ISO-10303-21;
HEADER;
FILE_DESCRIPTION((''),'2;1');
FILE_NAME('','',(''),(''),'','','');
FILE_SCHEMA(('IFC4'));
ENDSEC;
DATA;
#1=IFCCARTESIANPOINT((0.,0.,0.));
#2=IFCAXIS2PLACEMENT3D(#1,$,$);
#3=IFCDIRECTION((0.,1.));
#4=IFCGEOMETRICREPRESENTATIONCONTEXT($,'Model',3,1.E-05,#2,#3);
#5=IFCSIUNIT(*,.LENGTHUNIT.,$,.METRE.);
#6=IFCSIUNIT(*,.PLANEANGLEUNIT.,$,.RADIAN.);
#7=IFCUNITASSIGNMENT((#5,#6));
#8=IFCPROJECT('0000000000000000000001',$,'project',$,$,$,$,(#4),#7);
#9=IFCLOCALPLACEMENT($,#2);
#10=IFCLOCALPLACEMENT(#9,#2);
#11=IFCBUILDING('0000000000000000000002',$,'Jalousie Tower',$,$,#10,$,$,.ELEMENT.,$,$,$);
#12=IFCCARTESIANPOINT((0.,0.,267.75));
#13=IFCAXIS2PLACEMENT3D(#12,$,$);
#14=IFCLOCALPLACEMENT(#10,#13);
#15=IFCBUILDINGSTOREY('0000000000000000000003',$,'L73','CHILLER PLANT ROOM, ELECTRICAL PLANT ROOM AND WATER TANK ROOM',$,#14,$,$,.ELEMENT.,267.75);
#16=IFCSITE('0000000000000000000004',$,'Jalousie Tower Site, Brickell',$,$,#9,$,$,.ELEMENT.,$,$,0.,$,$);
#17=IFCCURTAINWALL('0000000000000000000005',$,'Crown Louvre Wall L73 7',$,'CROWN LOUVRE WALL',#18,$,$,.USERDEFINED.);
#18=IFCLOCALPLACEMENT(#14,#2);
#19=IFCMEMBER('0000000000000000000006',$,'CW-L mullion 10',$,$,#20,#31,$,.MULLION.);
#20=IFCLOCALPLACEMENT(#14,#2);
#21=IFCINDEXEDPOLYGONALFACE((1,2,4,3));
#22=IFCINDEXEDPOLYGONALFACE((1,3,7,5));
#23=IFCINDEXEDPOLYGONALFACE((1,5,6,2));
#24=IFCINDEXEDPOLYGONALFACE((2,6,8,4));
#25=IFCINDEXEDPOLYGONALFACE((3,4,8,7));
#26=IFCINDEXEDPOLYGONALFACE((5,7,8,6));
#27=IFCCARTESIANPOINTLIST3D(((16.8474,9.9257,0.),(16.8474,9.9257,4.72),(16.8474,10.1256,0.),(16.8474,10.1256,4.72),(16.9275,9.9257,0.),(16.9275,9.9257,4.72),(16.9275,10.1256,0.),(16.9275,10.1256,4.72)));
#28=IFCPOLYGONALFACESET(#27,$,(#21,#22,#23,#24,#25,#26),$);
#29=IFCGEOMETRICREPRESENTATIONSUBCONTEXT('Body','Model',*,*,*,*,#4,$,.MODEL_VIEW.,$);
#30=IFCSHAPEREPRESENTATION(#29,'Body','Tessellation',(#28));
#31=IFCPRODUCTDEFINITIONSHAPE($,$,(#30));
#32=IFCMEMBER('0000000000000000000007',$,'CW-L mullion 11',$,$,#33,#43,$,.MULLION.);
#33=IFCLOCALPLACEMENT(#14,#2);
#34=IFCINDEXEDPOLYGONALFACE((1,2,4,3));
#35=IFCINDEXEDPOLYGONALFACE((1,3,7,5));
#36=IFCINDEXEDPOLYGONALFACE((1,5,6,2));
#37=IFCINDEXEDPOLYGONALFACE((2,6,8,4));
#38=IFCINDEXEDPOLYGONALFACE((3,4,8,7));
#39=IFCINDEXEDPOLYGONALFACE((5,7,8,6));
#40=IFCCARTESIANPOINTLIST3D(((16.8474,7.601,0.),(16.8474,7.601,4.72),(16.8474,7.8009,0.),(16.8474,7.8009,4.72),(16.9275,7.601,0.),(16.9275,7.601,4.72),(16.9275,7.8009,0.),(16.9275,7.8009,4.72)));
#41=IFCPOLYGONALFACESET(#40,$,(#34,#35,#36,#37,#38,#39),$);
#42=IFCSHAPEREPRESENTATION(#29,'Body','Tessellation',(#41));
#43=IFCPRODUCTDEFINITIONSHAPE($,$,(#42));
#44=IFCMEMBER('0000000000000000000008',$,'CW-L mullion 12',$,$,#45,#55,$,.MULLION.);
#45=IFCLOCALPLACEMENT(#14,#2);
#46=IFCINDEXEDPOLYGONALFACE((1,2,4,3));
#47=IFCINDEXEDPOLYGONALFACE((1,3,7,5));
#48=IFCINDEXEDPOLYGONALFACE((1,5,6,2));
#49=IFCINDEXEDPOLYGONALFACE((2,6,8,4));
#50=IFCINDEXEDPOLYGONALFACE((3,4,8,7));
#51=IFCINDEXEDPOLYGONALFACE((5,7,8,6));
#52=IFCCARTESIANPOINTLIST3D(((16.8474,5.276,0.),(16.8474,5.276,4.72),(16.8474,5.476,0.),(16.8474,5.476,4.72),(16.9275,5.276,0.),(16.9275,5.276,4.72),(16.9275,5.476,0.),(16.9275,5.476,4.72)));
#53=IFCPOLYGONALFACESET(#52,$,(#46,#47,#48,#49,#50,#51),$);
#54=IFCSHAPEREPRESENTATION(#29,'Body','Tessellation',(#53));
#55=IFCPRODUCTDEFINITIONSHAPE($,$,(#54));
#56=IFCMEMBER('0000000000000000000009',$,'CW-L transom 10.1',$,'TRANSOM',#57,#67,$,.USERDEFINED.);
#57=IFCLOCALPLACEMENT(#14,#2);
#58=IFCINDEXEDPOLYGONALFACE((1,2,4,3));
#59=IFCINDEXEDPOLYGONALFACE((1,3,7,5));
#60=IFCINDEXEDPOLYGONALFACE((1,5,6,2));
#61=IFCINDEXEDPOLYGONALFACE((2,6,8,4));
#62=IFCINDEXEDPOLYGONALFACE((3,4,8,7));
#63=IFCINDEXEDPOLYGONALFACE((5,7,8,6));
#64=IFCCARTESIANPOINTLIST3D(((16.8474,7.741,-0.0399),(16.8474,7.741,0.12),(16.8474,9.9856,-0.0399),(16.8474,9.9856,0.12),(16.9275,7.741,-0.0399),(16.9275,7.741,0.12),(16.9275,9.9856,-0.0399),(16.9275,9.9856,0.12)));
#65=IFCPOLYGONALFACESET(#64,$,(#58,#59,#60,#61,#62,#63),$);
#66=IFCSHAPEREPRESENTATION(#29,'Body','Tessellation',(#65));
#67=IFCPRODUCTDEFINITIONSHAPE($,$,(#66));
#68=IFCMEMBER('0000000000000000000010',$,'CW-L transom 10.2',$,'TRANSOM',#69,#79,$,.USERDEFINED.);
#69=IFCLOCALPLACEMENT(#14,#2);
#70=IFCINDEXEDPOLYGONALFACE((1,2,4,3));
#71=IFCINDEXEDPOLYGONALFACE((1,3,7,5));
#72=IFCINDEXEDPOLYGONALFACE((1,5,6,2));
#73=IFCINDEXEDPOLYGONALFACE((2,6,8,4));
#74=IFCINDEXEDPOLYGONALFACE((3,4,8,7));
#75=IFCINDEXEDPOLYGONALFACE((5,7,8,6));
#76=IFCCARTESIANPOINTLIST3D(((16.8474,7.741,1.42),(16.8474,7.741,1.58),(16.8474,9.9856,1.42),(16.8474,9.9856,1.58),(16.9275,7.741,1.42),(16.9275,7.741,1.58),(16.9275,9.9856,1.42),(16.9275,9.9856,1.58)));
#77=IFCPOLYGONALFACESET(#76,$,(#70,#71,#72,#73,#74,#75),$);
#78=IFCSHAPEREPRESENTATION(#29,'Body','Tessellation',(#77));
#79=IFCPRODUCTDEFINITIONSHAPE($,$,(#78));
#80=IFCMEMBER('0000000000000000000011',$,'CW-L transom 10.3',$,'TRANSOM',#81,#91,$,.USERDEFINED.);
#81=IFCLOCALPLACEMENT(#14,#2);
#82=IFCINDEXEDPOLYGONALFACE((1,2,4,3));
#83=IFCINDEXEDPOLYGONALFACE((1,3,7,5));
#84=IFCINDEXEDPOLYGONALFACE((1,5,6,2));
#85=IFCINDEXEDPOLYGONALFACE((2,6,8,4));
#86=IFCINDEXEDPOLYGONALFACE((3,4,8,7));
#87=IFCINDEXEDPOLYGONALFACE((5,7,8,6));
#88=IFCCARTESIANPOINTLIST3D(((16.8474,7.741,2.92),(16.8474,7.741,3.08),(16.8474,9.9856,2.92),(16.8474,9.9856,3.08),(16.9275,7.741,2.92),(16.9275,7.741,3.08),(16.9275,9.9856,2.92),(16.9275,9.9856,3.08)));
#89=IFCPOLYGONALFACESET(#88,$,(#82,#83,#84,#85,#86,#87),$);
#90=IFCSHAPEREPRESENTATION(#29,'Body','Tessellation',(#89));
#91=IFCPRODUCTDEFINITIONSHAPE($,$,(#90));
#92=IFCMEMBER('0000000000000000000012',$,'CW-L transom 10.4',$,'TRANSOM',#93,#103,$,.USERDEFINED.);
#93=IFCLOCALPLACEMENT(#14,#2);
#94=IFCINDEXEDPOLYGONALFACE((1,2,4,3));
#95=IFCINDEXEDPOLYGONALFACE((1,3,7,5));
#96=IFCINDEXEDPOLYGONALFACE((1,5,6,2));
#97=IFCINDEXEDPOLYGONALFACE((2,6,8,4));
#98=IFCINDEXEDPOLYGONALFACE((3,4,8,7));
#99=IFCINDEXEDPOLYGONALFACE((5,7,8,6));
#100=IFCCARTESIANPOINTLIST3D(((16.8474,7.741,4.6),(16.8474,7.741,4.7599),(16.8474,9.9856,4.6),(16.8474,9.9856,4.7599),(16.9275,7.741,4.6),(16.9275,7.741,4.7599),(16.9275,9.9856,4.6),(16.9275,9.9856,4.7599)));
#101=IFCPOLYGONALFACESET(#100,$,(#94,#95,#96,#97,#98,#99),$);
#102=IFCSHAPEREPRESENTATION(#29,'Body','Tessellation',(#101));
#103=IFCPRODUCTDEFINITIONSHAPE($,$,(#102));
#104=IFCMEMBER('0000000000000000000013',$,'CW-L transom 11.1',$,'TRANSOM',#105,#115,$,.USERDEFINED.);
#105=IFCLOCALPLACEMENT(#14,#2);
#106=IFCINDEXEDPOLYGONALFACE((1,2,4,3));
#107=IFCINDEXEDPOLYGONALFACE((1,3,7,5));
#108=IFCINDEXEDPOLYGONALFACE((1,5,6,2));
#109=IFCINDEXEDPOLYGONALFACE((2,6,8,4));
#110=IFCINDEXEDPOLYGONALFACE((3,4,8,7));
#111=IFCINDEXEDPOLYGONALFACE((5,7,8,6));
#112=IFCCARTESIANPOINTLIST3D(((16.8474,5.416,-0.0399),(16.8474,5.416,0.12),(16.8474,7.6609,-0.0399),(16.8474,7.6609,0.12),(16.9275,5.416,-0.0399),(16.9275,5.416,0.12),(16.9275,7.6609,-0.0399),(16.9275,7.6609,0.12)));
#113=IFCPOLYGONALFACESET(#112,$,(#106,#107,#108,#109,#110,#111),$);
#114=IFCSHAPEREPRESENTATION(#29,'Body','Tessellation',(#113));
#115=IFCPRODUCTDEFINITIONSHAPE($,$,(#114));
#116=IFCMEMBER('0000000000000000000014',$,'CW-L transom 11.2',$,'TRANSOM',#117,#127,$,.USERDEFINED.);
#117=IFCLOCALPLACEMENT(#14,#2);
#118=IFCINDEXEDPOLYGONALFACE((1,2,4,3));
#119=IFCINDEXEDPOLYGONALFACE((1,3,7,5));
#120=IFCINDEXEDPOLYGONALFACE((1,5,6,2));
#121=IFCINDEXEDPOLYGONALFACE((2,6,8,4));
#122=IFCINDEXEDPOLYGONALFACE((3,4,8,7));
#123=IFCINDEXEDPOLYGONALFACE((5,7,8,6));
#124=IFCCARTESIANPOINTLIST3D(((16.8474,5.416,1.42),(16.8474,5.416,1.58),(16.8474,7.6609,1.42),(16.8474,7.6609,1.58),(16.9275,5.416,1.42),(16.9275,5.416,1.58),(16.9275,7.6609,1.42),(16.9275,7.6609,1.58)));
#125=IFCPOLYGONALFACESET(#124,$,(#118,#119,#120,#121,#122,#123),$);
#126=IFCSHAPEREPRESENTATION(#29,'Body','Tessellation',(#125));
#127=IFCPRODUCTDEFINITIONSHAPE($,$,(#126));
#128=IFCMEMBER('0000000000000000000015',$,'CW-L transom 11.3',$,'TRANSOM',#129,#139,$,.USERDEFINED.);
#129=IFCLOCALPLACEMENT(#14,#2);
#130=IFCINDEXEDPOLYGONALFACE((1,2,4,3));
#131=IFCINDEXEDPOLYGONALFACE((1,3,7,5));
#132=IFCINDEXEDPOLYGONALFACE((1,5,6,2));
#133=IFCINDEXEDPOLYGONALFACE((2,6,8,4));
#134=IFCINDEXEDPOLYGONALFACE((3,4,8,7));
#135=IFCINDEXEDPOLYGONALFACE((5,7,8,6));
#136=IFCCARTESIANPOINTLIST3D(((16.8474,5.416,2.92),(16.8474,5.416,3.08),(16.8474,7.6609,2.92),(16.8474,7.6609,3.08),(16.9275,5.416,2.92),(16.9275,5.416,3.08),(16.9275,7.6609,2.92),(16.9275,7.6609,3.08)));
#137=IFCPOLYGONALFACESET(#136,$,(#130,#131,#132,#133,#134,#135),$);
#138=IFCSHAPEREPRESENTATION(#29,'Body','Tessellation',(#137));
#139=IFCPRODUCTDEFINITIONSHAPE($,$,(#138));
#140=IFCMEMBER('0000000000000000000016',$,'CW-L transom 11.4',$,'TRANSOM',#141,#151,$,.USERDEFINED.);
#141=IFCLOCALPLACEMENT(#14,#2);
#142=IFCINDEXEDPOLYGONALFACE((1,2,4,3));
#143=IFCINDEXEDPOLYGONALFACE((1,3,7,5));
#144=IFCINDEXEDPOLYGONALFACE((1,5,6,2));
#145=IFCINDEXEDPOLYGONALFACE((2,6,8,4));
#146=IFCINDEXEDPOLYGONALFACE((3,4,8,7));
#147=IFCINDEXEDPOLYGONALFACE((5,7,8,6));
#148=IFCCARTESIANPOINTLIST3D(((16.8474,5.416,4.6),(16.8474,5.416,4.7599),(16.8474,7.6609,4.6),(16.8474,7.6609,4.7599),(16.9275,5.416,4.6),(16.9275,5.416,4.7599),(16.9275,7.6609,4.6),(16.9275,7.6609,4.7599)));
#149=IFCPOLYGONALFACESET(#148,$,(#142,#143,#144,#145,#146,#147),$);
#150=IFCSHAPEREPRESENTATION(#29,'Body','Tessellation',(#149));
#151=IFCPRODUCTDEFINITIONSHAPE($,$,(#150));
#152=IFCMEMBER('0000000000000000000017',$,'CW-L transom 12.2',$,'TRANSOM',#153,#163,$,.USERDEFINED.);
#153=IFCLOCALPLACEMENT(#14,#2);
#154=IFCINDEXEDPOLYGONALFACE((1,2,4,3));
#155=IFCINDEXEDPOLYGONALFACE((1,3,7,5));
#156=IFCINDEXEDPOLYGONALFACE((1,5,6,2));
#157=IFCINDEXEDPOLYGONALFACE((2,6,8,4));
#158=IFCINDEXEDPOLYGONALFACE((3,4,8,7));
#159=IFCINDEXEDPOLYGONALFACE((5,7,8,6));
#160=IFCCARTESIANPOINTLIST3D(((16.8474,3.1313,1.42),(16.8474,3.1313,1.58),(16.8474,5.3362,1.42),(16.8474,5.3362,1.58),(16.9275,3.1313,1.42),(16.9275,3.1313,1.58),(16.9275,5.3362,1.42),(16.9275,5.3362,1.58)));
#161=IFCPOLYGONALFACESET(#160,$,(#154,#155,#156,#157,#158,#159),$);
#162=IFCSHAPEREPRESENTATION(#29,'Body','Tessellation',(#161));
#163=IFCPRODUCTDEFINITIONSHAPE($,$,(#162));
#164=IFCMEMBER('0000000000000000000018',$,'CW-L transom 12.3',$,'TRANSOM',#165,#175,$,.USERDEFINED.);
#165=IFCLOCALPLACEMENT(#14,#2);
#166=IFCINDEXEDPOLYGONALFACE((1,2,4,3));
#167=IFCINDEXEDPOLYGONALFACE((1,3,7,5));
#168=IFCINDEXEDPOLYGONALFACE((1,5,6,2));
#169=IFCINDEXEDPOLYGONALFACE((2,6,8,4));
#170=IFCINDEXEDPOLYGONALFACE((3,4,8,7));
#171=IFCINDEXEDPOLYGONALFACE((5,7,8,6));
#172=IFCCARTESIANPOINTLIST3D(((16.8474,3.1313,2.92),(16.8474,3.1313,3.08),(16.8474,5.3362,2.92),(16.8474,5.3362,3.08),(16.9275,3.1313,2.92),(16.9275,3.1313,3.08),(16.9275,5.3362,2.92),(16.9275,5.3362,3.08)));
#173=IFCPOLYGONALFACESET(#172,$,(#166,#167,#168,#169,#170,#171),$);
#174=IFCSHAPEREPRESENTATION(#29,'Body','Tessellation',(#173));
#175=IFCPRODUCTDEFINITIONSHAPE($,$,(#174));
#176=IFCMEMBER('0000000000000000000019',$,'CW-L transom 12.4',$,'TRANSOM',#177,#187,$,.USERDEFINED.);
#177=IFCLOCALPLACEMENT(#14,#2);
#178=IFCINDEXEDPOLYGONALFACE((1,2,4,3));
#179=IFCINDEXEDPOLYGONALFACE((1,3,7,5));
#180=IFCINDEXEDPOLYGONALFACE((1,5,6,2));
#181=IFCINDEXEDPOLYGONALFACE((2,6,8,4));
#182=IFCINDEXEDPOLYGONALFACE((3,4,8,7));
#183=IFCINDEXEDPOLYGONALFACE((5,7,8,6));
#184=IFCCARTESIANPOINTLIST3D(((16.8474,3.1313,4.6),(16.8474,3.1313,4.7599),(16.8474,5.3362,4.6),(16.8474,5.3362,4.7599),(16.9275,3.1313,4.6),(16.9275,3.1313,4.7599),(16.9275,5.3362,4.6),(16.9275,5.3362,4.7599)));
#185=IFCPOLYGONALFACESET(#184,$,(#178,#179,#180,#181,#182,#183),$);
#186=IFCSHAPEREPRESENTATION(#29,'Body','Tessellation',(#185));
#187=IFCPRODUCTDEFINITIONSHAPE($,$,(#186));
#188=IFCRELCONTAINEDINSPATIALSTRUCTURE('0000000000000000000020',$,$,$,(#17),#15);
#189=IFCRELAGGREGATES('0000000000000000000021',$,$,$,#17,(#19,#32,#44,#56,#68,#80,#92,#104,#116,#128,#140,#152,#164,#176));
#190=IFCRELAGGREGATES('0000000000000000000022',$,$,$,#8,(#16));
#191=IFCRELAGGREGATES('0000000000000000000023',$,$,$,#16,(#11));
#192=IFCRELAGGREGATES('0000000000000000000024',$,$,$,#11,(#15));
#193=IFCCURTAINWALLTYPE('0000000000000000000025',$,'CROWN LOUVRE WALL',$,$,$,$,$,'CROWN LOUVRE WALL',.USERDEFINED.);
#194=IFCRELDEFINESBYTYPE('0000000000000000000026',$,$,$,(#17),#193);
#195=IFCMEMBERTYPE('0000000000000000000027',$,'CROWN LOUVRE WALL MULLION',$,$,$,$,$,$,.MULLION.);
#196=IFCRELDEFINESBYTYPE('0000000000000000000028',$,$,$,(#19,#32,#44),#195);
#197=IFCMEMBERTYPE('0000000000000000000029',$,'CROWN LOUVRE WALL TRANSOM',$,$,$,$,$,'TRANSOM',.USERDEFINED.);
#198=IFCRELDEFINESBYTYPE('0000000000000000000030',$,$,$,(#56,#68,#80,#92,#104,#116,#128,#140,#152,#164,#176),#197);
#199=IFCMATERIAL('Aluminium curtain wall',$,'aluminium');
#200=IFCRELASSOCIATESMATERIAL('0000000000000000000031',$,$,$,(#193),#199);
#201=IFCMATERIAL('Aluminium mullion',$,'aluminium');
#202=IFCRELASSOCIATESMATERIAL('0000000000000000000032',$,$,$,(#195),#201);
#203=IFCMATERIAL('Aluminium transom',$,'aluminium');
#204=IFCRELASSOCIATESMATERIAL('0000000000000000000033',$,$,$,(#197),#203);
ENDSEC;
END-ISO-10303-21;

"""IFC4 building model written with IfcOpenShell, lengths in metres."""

from ifc_helpers import new_model, si_unit, direction, frame, origin, origin_2d, place, context, subcontext, project, spatial, rectangle, extrude, material, material_profile, profile_set, type_object, element, aggregate, save


model = new_model("IFC4")

# Units and contexts
model_context = context("Model", 3, precision=1e-05, world=origin(), true_north=direction((0.0, 1.0)))
body_context = subcontext(model_context, "Body", "Model", "MODEL_VIEW")
ifc_project = project(units=[si_unit("LENGTHUNIT", "METRE"), si_unit("PLANEANGLEUNIT", "RADIAN")], contexts=[model_context])

# Site, building, storey
site_placement = place(None, origin())
site = spatial("IfcSite", under=ifc_project, at=site_placement, Name="Jalousie Tower Site, Brickell", CompositionType="ELEMENT", RefElevation=0.0)
building_placement = place(site_placement, origin())
building = spatial("IfcBuilding", under=site, at=building_placement, Name="Jalousie Tower", CompositionType="ELEMENT")
storey_placement = place(building_placement, frame((0.0, 0.0, 267.75)))
storey = spatial("IfcBuildingStorey", under=building, at=storey_placement, Name="L73", Description="CHILLER PLANT ROOM, ELECTRICAL PLANT ROOM AND WATER TANK ROOM", CompositionType="ELEMENT", Elevation=267.75)

# Curtain wall, members
ifc_material_1 = material(Name="Aluminium curtain wall", Category="aluminium")
curtain_wall_type = type_object("IfcCurtainWallType", Name="CROWN LOUVRE WALL", ElementType="CROWN LOUVRE WALL", PredefinedType="USERDEFINED", material=ifc_material_1)
curtain_wall_placement = place(storey_placement, origin())
curtain_wall = element("IfcCurtainWall", 1, at=curtain_wall_placement, inside=storey, type_object=curtain_wall_type, Name="Crown Louvre Wall L73 7", ObjectType="CROWN LOUVRE WALL", PredefinedType="USERDEFINED")
ifc_material_2 = material(Name="Aluminium mullion", Category="aluminium")
ifc_material_profile_1 = material_profile(ifc_material_2, rectangle(XDim=0.0801, YDim=0.2, at=origin_2d()), Name="MULLION 80x200")
ifc_profile_set_1 = profile_set([ifc_material_profile_1], Name="Aluminium mullion")
member_type_1 = type_object("IfcMemberType", Name="CROWN LOUVRE WALL MULLION", PredefinedType="MULLION", material=ifc_profile_set_1)
member_1_placement = place(storey_placement, frame((16.8875, 10.0256, 0.0), z_axis=(0.0, 0.0, 1.0), x_axis=(1.0, 0.0, 0.0)))
member_1 = element("IfcMember", 2, at=member_1_placement, type_object=member_type_1, Name="CW-L mullion 10", PredefinedType="MULLION", context=body_context, shape_type="SweptSolid", body=[
    extrude(rectangle(XDim=0.0801, YDim=0.2, at=origin_2d()), origin(), (0.0, 0.0, 1.0), 4.72),
])
member_2_placement = place(storey_placement, frame((16.8875, 7.7009, 0.0), z_axis=(0.0, 0.0, 1.0), x_axis=(1.0, 0.0, 0.0)))
member_2 = element("IfcMember", 3, at=member_2_placement, type_object=member_type_1, Name="CW-L mullion 11", PredefinedType="MULLION", context=body_context, shape_type="SweptSolid", body=[
    extrude(rectangle(XDim=0.0801, YDim=0.2, at=origin_2d()), origin(), (0.0, 0.0, 1.0), 4.72),
])
member_3_placement = place(storey_placement, frame((16.8875, 5.376, 0.0), z_axis=(0.0, 0.0, 1.0), x_axis=(1.0, 0.0, 0.0)))
member_3 = element("IfcMember", 4, at=member_3_placement, type_object=member_type_1, Name="CW-L mullion 12", PredefinedType="MULLION", context=body_context, shape_type="SweptSolid", body=[
    extrude(rectangle(XDim=0.0801, YDim=0.2, at=origin_2d()), origin(), (0.0, 0.0, 1.0), 4.72),
])
ifc_material_3 = material(Name="Aluminium transom", Category="aluminium")
ifc_material_profile_2 = material_profile(ifc_material_3, rectangle(XDim=0.0801, YDim=0.1599, at=origin_2d()), Name="TRANSOM 80x160")
ifc_profile_set_2 = profile_set([ifc_material_profile_2], Name="Aluminium transom")
member_type_2 = type_object("IfcMemberType", Name="CROWN LOUVRE WALL TRANSOM", ElementType="TRANSOM", PredefinedType="USERDEFINED", material=ifc_profile_set_2)
member_4_placement = place(storey_placement, frame((16.8875, 9.9856, 0.04), z_axis=(0.0, -1.0, 0.0), x_axis=(1.0, 0.0, 0.0)))
member_4 = element("IfcMember", 5, at=member_4_placement, type_object=member_type_2, Name="CW-L transom 10.1", ObjectType="TRANSOM", PredefinedType="USERDEFINED", context=body_context, shape_type="SweptSolid", body=[
    extrude(rectangle(XDim=0.0801, YDim=0.1599, at=origin_2d()), origin(), (0.0, 0.0, 1.0), 2.2446),
])
member_5_placement = place(storey_placement, frame((16.8875, 9.9856, 1.5), z_axis=(0.0, -1.0, 0.0), x_axis=(1.0, 0.0, 0.0)))
member_5 = element("IfcMember", 6, at=member_5_placement, type_object=member_type_2, Name="CW-L transom 10.2", ObjectType="TRANSOM", PredefinedType="USERDEFINED", context=body_context, shape_type="SweptSolid", body=[
    extrude(rectangle(XDim=0.0801, YDim=0.1599, at=origin_2d()), origin(), (0.0, 0.0, 1.0), 2.2446),
])
member_6_placement = place(storey_placement, frame((16.8875, 9.9856, 3.0), z_axis=(0.0, -1.0, 0.0), x_axis=(1.0, 0.0, 0.0)))
member_6 = element("IfcMember", 7, at=member_6_placement, type_object=member_type_2, Name="CW-L transom 10.3", ObjectType="TRANSOM", PredefinedType="USERDEFINED", context=body_context, shape_type="SweptSolid", body=[
    extrude(rectangle(XDim=0.0801, YDim=0.1599, at=origin_2d()), origin(), (0.0, 0.0, 1.0), 2.2446),
])
member_7_placement = place(storey_placement, frame((16.8875, 9.9856, 4.6799), z_axis=(0.0, -1.0, 0.0), x_axis=(1.0, 0.0, 0.0)))
member_7 = element("IfcMember", 8, at=member_7_placement, type_object=member_type_2, Name="CW-L transom 10.4", ObjectType="TRANSOM", PredefinedType="USERDEFINED", context=body_context, shape_type="SweptSolid", body=[
    extrude(rectangle(XDim=0.0801, YDim=0.1599, at=origin_2d()), origin(), (0.0, 0.0, 1.0), 2.2446),
])
member_8_placement = place(storey_placement, frame((16.8875, 7.6609, 0.04), z_axis=(0.0, -1.0, 0.0), x_axis=(1.0, 0.0, 0.0)))
member_8 = element("IfcMember", 9, at=member_8_placement, type_object=member_type_2, Name="CW-L transom 11.1", ObjectType="TRANSOM", PredefinedType="USERDEFINED", context=body_context, shape_type="SweptSolid", body=[
    extrude(rectangle(XDim=0.0801, YDim=0.1599, at=origin_2d()), origin(), (0.0, 0.0, 1.0), 2.2449),
])
member_9_placement = place(storey_placement, frame((16.8875, 7.6609, 1.5), z_axis=(0.0, -1.0, 0.0), x_axis=(1.0, 0.0, 0.0)))
member_9 = element("IfcMember", 10, at=member_9_placement, type_object=member_type_2, Name="CW-L transom 11.2", ObjectType="TRANSOM", PredefinedType="USERDEFINED", context=body_context, shape_type="SweptSolid", body=[
    extrude(rectangle(XDim=0.0801, YDim=0.1599, at=origin_2d()), origin(), (0.0, 0.0, 1.0), 2.2449),
])
member_10_placement = place(storey_placement, frame((16.8875, 7.6609, 3.0), z_axis=(0.0, -1.0, 0.0), x_axis=(1.0, 0.0, 0.0)))
member_10 = element("IfcMember", 11, at=member_10_placement, type_object=member_type_2, Name="CW-L transom 11.3", ObjectType="TRANSOM", PredefinedType="USERDEFINED", context=body_context, shape_type="SweptSolid", body=[
    extrude(rectangle(XDim=0.0801, YDim=0.1599, at=origin_2d()), origin(), (0.0, 0.0, 1.0), 2.2449),
])
member_11_placement = place(storey_placement, frame((16.8875, 7.6609, 4.6799), z_axis=(0.0, -1.0, 0.0), x_axis=(1.0, 0.0, 0.0)))
member_11 = element("IfcMember", 12, at=member_11_placement, type_object=member_type_2, Name="CW-L transom 11.4", ObjectType="TRANSOM", PredefinedType="USERDEFINED", context=body_context, shape_type="SweptSolid", body=[
    extrude(rectangle(XDim=0.0801, YDim=0.1599, at=origin_2d()), origin(), (0.0, 0.0, 1.0), 2.2449),
])
member_12_placement = place(storey_placement, frame((16.8875, 5.3362, 1.5), z_axis=(0.0, -1.0, 0.0), x_axis=(1.0, 0.0, 0.0)))
member_12 = element("IfcMember", 13, at=member_12_placement, type_object=member_type_2, Name="CW-L transom 12.2", ObjectType="TRANSOM", PredefinedType="USERDEFINED", context=body_context, shape_type="SweptSolid", body=[
    extrude(rectangle(XDim=0.0801, YDim=0.1599, at=origin_2d()), origin(), (0.0, 0.0, 1.0), 2.2048),
])
member_13_placement = place(storey_placement, frame((16.8875, 5.3362, 3.0), z_axis=(0.0, -1.0, 0.0), x_axis=(1.0, 0.0, 0.0)))
member_13 = element("IfcMember", 14, at=member_13_placement, type_object=member_type_2, Name="CW-L transom 12.3", ObjectType="TRANSOM", PredefinedType="USERDEFINED", context=body_context, shape_type="SweptSolid", body=[
    extrude(rectangle(XDim=0.0801, YDim=0.1599, at=origin_2d()), origin(), (0.0, 0.0, 1.0), 2.2048),
])
member_14_placement = place(storey_placement, frame((16.8875, 5.3362, 4.6799), z_axis=(0.0, -1.0, 0.0), x_axis=(1.0, 0.0, 0.0)))
member_14 = element("IfcMember", 15, at=member_14_placement, type_object=member_type_2, Name="CW-L transom 12.4", ObjectType="TRANSOM", PredefinedType="USERDEFINED", context=body_context, shape_type="SweptSolid", body=[
    extrude(rectangle(XDim=0.0801, YDim=0.1599, at=origin_2d()), origin(), (0.0, 0.0, 1.0), 2.2048),
])
aggregate(curtain_wall, [member_1, member_2, member_3, member_4, member_5, member_6, member_7, member_8, member_9, member_10, member_11, member_12, member_13, member_14])

save(model, "model.ifc")
